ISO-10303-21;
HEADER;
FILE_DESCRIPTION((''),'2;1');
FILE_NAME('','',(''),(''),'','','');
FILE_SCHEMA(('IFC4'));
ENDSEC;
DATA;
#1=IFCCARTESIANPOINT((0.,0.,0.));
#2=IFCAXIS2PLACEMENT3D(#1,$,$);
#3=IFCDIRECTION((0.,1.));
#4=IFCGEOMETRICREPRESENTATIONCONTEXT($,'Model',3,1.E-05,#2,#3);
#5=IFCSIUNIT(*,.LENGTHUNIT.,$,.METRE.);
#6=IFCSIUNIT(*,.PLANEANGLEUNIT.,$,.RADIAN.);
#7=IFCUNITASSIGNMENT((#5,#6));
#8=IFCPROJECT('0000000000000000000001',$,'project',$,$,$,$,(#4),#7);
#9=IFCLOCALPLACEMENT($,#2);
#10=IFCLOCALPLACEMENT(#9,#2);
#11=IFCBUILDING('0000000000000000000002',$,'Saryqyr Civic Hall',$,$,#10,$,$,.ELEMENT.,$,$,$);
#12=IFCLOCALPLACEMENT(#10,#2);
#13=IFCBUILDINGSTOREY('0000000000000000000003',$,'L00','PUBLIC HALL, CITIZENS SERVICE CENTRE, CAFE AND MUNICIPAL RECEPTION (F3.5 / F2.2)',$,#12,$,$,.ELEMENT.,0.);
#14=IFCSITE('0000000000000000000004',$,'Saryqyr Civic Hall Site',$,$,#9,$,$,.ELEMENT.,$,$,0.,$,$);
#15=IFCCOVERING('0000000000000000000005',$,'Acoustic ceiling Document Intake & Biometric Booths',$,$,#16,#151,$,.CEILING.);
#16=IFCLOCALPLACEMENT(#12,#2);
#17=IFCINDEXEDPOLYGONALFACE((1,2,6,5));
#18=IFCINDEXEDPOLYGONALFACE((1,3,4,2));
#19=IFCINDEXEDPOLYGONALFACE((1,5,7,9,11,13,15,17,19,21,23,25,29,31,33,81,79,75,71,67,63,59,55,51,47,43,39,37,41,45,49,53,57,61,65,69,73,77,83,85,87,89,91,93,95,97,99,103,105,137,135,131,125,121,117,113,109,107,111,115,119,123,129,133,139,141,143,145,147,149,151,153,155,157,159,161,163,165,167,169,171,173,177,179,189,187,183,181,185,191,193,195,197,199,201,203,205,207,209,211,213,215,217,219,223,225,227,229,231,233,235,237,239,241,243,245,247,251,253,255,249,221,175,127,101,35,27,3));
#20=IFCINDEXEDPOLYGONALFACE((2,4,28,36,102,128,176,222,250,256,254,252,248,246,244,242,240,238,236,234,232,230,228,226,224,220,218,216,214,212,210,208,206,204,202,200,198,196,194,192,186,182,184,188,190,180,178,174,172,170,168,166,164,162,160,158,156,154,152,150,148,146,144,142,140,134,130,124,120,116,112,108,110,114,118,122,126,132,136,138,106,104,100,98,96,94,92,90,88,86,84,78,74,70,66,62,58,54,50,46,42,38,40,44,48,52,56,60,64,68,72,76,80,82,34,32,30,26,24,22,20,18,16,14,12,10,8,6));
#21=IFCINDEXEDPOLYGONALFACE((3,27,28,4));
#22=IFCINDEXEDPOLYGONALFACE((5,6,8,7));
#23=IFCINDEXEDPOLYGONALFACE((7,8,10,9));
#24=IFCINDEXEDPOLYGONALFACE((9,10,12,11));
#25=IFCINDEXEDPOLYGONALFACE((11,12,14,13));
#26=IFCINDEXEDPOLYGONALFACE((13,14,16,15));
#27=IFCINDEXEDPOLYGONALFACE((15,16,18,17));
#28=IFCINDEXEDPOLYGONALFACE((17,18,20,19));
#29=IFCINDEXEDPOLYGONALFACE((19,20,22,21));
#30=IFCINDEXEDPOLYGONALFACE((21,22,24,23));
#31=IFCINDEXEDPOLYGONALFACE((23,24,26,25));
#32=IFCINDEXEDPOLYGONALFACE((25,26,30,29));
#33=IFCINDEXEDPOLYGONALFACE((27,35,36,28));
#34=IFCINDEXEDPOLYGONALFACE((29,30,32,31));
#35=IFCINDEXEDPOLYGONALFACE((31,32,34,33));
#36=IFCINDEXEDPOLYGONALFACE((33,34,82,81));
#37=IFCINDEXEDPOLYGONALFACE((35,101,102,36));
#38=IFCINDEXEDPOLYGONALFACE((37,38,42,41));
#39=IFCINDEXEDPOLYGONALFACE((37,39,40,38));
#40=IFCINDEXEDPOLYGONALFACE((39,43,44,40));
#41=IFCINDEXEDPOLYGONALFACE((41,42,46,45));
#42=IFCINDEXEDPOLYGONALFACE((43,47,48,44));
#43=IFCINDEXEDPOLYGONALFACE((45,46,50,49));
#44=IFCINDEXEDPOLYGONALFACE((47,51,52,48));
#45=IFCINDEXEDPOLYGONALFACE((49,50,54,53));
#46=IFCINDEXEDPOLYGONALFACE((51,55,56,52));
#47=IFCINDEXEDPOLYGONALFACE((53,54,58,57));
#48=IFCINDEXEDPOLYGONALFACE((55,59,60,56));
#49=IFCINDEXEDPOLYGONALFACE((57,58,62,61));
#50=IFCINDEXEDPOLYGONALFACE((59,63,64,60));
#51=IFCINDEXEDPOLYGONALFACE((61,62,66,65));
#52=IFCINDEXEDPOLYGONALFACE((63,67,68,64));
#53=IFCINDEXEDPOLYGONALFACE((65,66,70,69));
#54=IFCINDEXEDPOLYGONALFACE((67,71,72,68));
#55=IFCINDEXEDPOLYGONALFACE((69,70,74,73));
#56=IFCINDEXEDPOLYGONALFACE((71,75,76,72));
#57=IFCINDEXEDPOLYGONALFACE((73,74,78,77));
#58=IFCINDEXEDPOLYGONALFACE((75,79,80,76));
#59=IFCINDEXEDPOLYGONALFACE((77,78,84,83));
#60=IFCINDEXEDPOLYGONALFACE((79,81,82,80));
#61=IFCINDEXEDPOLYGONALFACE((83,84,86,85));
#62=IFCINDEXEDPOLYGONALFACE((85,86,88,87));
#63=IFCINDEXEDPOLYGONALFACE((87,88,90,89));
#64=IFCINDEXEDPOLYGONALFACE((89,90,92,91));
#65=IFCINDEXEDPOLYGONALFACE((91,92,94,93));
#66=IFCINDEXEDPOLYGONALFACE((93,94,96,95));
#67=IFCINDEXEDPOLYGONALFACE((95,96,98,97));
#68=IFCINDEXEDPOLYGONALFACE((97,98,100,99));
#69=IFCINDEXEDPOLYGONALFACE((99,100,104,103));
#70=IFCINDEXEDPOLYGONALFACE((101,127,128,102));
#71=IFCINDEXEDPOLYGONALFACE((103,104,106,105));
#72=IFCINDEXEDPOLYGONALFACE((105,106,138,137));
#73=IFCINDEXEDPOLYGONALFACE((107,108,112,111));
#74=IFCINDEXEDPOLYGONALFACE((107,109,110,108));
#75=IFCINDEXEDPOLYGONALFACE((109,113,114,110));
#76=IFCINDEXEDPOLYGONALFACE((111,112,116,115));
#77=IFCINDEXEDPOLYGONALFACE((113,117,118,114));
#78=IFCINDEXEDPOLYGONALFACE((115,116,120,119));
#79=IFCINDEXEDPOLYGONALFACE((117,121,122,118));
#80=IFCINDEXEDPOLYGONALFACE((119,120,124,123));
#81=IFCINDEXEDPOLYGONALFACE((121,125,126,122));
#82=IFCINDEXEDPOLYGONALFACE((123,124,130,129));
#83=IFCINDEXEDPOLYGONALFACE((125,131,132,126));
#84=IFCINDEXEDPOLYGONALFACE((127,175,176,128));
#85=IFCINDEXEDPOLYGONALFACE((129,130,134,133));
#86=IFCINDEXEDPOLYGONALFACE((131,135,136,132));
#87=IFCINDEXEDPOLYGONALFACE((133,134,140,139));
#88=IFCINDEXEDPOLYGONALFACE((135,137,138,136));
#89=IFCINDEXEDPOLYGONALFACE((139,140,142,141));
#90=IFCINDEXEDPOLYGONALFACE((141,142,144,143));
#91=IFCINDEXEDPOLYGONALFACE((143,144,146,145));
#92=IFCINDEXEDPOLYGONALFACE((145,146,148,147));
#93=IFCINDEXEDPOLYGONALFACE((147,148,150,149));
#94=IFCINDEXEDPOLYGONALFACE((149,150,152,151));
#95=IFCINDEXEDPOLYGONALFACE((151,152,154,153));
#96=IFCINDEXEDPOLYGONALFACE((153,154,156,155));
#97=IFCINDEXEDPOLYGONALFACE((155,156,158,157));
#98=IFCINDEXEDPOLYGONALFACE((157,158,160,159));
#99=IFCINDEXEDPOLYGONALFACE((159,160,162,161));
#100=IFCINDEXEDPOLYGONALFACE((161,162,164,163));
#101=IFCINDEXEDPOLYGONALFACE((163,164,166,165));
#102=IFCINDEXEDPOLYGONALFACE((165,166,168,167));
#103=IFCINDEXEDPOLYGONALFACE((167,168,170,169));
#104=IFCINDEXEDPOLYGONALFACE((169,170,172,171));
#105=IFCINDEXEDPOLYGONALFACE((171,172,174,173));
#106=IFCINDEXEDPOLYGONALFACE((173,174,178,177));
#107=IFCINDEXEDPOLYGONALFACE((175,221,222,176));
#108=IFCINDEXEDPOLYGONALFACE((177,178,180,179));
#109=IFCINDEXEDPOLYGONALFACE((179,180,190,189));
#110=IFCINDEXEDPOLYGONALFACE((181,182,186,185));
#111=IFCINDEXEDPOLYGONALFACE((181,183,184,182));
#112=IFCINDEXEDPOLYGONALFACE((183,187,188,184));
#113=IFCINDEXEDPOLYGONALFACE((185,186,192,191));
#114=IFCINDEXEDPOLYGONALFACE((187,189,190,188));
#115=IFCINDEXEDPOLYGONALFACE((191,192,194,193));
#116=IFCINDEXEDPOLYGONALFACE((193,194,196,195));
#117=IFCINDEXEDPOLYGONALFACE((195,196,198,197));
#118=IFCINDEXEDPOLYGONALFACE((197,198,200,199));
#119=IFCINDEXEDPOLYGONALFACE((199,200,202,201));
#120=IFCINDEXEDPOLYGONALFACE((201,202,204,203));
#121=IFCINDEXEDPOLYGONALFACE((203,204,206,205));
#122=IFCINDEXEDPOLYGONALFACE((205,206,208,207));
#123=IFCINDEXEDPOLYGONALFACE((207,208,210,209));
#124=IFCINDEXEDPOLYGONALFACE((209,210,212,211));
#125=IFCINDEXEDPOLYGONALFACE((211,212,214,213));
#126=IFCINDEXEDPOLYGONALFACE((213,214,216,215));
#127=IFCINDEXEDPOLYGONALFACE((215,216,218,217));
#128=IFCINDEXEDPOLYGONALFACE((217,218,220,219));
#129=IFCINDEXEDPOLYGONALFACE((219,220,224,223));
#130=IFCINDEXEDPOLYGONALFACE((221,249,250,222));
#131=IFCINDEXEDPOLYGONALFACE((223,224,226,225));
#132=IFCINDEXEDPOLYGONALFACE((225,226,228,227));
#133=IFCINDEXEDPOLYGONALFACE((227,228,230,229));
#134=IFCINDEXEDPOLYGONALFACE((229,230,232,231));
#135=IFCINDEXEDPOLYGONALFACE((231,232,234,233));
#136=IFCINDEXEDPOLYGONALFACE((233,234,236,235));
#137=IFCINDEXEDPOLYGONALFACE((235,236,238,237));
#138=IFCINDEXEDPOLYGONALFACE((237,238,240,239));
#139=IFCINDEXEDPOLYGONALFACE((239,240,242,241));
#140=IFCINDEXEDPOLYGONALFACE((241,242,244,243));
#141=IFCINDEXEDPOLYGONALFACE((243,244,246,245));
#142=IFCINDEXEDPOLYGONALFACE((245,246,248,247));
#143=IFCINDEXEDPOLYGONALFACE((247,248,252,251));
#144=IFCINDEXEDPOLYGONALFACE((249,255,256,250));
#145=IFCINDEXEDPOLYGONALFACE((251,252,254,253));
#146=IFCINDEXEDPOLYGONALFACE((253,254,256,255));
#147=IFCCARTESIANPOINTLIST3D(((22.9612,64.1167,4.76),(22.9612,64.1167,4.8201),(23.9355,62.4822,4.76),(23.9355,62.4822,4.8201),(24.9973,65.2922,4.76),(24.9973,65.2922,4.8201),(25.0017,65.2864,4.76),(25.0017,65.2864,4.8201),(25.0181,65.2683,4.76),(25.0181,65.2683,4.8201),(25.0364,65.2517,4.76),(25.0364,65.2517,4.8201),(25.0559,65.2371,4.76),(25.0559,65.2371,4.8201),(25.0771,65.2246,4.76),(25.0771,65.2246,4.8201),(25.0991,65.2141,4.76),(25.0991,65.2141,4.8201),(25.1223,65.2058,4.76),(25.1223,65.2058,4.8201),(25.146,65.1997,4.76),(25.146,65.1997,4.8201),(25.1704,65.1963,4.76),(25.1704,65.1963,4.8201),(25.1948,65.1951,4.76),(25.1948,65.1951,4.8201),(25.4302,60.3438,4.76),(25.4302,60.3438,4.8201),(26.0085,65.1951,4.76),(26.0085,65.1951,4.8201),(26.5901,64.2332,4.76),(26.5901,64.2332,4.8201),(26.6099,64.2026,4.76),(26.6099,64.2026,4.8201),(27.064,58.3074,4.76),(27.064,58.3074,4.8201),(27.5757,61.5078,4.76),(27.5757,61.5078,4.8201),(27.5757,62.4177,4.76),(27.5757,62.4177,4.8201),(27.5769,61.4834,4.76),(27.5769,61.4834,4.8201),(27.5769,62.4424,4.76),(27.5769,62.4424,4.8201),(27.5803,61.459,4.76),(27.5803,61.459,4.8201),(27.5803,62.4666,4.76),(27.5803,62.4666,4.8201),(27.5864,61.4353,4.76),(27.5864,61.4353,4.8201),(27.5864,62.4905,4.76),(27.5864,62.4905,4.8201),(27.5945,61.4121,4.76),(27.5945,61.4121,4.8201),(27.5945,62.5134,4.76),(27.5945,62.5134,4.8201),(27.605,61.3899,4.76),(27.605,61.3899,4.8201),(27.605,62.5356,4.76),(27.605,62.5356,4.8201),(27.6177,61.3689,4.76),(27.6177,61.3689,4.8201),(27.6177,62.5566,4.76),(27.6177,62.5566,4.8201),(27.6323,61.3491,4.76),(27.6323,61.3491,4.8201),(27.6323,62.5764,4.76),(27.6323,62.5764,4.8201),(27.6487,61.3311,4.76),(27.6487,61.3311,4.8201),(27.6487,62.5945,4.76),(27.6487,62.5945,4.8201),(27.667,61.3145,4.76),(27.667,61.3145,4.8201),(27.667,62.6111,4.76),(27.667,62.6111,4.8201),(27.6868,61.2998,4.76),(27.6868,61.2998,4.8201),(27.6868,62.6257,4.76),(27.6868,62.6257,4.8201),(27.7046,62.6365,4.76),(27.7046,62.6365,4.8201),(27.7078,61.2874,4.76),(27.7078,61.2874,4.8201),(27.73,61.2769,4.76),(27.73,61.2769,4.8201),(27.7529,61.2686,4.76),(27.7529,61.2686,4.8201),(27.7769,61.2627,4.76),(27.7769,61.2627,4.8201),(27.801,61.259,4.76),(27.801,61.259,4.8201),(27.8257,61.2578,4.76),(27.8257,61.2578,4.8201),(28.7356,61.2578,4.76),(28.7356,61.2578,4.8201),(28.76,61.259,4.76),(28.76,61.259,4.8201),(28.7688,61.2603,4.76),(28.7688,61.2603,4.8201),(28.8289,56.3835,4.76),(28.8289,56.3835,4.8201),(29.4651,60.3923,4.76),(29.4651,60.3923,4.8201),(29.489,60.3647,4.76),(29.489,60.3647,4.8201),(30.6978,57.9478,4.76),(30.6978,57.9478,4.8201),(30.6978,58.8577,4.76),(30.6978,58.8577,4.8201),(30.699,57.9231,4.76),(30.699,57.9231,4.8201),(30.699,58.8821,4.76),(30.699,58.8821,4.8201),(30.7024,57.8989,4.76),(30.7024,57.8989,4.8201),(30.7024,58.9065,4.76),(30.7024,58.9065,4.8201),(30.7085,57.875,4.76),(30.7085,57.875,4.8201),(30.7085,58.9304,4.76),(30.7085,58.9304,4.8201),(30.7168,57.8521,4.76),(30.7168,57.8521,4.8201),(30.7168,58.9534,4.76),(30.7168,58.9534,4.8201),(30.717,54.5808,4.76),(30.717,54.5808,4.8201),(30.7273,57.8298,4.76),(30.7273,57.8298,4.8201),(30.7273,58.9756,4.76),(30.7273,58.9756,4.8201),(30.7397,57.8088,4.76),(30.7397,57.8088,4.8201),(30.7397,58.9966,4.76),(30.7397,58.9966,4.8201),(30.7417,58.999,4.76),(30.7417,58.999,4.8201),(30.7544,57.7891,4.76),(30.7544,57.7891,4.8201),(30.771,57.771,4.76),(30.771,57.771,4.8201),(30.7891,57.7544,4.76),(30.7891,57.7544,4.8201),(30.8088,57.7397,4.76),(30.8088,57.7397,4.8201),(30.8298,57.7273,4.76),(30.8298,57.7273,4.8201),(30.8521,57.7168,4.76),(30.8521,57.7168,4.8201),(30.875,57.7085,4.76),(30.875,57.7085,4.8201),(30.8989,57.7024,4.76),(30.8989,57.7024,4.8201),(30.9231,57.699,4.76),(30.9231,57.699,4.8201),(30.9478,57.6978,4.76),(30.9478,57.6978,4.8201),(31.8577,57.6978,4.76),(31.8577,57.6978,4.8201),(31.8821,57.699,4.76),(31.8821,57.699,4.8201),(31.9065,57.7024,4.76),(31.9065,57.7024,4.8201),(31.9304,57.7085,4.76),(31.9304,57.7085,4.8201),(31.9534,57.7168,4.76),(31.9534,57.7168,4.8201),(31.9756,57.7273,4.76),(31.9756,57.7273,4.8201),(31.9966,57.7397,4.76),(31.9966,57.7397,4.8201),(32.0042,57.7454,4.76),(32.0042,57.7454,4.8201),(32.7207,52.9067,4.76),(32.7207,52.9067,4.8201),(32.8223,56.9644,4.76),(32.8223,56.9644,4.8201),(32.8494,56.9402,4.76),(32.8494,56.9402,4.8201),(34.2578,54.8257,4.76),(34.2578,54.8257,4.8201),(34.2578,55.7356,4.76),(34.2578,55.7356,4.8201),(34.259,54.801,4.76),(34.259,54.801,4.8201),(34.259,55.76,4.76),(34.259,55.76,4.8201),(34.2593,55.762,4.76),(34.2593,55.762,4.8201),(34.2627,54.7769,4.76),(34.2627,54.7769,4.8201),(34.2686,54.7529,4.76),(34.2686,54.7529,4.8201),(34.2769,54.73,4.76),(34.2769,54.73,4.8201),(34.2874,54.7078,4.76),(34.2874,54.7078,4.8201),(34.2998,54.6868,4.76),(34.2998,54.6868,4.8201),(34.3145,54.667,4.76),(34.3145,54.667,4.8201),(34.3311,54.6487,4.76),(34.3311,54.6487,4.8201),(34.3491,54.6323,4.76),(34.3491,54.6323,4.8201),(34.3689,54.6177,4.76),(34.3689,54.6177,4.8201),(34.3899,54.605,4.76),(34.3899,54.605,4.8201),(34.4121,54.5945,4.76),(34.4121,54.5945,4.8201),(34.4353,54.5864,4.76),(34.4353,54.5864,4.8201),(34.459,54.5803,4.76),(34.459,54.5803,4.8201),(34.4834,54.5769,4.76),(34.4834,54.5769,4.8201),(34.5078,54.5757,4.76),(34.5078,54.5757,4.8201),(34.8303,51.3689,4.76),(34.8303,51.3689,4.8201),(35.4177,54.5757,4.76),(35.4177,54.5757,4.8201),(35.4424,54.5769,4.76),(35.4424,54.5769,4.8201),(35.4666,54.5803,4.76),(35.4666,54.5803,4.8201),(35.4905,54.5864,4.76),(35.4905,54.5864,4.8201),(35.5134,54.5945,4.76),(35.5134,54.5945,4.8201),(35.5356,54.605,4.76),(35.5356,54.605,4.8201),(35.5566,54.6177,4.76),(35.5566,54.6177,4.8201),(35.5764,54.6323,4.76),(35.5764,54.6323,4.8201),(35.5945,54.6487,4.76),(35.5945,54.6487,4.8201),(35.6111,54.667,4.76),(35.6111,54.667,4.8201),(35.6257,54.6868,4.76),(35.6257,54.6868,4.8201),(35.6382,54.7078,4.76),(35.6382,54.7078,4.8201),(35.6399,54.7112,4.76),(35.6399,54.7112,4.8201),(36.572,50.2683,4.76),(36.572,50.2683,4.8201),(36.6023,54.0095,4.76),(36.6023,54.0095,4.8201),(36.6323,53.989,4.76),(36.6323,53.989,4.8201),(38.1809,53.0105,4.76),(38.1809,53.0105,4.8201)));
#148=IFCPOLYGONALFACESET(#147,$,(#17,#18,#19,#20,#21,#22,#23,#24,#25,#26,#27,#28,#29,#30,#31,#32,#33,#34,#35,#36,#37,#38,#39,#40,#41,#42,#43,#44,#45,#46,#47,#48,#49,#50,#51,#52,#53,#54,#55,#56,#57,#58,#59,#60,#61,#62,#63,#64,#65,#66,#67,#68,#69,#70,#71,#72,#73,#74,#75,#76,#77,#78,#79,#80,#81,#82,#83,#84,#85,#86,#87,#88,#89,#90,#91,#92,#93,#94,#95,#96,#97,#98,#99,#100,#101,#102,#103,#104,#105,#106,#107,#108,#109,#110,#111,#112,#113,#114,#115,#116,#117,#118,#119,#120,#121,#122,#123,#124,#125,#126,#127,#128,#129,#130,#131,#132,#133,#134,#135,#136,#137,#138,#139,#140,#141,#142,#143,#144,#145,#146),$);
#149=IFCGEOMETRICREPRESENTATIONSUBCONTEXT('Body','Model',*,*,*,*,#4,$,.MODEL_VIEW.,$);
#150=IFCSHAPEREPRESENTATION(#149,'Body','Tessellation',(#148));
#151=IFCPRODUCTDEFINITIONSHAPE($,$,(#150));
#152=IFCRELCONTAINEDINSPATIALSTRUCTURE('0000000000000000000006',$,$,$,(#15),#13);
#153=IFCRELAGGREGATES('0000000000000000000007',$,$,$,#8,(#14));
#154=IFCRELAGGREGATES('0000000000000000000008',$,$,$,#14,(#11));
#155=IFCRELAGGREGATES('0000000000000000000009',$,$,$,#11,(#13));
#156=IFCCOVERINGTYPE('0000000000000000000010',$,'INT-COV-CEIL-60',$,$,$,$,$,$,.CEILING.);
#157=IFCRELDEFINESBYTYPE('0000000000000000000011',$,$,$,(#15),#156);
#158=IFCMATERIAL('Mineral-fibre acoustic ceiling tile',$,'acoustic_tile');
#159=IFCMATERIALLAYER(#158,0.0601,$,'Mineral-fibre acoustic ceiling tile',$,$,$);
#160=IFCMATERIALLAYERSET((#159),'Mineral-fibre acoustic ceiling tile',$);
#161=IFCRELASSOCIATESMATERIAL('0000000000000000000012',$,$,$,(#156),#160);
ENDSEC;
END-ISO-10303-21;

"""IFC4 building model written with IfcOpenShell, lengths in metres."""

from ifc_helpers import new_model, si_unit, direction, frame, origin, place, context, subcontext, project, spatial, polyline, outline, extrude, material, layer, layer_set, type_object, element, save


model = new_model("IFC4")

# Units and contexts
model_context = context("Model", 3, precision=1e-05, world=origin(), true_north=direction((0.0, 1.0)))
body_context = subcontext(model_context, "Body", "Model", "MODEL_VIEW")
ifc_project = project(units=[si_unit("LENGTHUNIT", "METRE"), si_unit("PLANEANGLEUNIT", "RADIAN")], contexts=[model_context])

# Site, building, storey
site_placement = place(None, origin())
site = spatial("IfcSite", under=ifc_project, at=site_placement, Name="Saryqyr Civic Hall Site", CompositionType="ELEMENT", RefElevation=0.0)
building_placement = place(site_placement, origin())
building = spatial("IfcBuilding", under=site, at=building_placement, Name="Saryqyr Civic Hall", CompositionType="ELEMENT")
storey_placement = place(building_placement, origin())
storey = spatial("IfcBuildingStorey", under=building, at=storey_placement, Name="L00", Description="PUBLIC HALL, CITIZENS SERVICE CENTRE, CAFE AND MUNICIPAL RECEPTION (F3.5 / F2.2)", CompositionType="ELEMENT", Elevation=0.0)

# Covering
ifc_material_1 = material(Name="Mineral-fibre acoustic ceiling tile", Category="acoustic_tile")
ifc_layer_1 = layer(ifc_material_1, 0.0601, Name="Mineral-fibre acoustic ceiling tile")
ifc_layer_set_1 = layer_set([ifc_layer_1], Name="Mineral-fibre acoustic ceiling tile")
covering_type = type_object("IfcCoveringType", Name="INT-COV-CEIL-60", PredefinedType="CEILING", material=ifc_layer_set_1)
covering_1_placement = place(storey_placement, frame((0.0, 0.0, 4.76)))
element("IfcCovering", 1, at=covering_1_placement, inside=storey, type_object=covering_type, Name="Acoustic ceiling Document Intake & Biometric Booths", PredefinedType="CEILING", context=body_context, shape_type="SweptSolid", body=[
    extrude(outline(polyline([(27.7046, 62.6365), (27.6868, 62.6257), (27.667, 62.6111), (27.6487, 62.5945), (27.6323, 62.5764), (27.6177, 62.5566), (27.605, 62.5356), (27.5945, 62.5134), (27.5864, 62.4905), (27.5803, 62.4666), (27.5769, 62.4424), (27.5757, 62.4177), (27.5757, 61.5078), (27.5769, 61.4834), (27.5803, 61.459), (27.5864, 61.4353), (27.5945, 61.4121), (27.605, 61.3899), (27.6177, 61.3689), (27.6323, 61.3491), (27.6487, 61.3311), (27.667, 61.3145), (27.6868, 61.2998), (27.7078, 61.2874), (27.73, 61.2769), (27.7529, 61.2686), (27.7769, 61.2627), (27.801, 61.259), (27.8257, 61.2578), (28.7356, 61.2578), (28.76, 61.259), (28.7688, 61.2603), (29.4651, 60.3923), (29.489, 60.3647), (30.7417, 58.999), (30.7397, 58.9966), (30.7273, 58.9756), (30.7168, 58.9534), (30.7085, 58.9304), (30.7024, 58.9065), (30.699, 58.8821), (30.6978, 58.8577), (30.6978, 57.9478), (30.699, 57.9231), (30.7024, 57.8989), (30.7085, 57.875), (30.7168, 57.8521), (30.7273, 57.8298), (30.7397, 57.8088), (30.7544, 57.7891), (30.771, 57.771), (30.7891, 57.7544), (30.8088, 57.7397), (30.8298, 57.7273), (30.8521, 57.7168), (30.875, 57.7085), (30.8989, 57.7024), (30.9231, 57.699), (30.9478, 57.6978), (31.8577, 57.6978), (31.8821, 57.699), (31.9065, 57.7024), (31.9304, 57.7085), (31.9534, 57.7168), (31.9756, 57.7273), (31.9966, 57.7397), (32.0042, 57.7454), (32.8223, 56.9644), (32.8494, 56.9402), (34.2593, 55.762), (34.259, 55.76), (34.2578, 55.7356), (34.2578, 54.8257), (34.259, 54.801), (34.2627, 54.7769), (34.2686, 54.7529), (34.2769, 54.73), (34.2874, 54.7078), (34.2998, 54.6868), (34.3145, 54.667), (34.3311, 54.6487), (34.3491, 54.6323), (34.3689, 54.6177), (34.3899, 54.605), (34.4121, 54.5945), (34.4353, 54.5864), (34.459, 54.5803), (34.4834, 54.5769), (34.5078, 54.5757), (35.4177, 54.5757), (35.4424, 54.5769), (35.4666, 54.5803), (35.4905, 54.5864), (35.5134, 54.5945), (35.5356, 54.605), (35.5566, 54.6177), (35.5764, 54.6323), (35.5945, 54.6487), (35.6111, 54.667), (35.6257, 54.6868), (35.6382, 54.7078), (35.6399, 54.7112), (36.6023, 54.0095), (36.6323, 53.989), (38.1809, 53.0105), (36.572, 50.2683), (34.8303, 51.3689), (32.7207, 52.9067), (30.717, 54.5808), (28.8289, 56.3835), (27.064, 58.3074), (25.4302, 60.3438), (23.9355, 62.4822), (22.9612, 64.1167), (24.9973, 65.2922), (25.0017, 65.2864), (25.0181, 65.2683), (25.0364, 65.2517), (25.0559, 65.2371), (25.0771, 65.2246), (25.0991, 65.2141), (25.1223, 65.2058), (25.146, 65.1997), (25.1704, 65.1963), (25.1948, 65.1951), (26.0085, 65.1951), (26.5901, 64.2332), (26.6099, 64.2026), (27.7046, 62.6365)])), origin(), (0.0, 0.0, 1.0), 0.0601),
])

save(model, "model.ifc")
